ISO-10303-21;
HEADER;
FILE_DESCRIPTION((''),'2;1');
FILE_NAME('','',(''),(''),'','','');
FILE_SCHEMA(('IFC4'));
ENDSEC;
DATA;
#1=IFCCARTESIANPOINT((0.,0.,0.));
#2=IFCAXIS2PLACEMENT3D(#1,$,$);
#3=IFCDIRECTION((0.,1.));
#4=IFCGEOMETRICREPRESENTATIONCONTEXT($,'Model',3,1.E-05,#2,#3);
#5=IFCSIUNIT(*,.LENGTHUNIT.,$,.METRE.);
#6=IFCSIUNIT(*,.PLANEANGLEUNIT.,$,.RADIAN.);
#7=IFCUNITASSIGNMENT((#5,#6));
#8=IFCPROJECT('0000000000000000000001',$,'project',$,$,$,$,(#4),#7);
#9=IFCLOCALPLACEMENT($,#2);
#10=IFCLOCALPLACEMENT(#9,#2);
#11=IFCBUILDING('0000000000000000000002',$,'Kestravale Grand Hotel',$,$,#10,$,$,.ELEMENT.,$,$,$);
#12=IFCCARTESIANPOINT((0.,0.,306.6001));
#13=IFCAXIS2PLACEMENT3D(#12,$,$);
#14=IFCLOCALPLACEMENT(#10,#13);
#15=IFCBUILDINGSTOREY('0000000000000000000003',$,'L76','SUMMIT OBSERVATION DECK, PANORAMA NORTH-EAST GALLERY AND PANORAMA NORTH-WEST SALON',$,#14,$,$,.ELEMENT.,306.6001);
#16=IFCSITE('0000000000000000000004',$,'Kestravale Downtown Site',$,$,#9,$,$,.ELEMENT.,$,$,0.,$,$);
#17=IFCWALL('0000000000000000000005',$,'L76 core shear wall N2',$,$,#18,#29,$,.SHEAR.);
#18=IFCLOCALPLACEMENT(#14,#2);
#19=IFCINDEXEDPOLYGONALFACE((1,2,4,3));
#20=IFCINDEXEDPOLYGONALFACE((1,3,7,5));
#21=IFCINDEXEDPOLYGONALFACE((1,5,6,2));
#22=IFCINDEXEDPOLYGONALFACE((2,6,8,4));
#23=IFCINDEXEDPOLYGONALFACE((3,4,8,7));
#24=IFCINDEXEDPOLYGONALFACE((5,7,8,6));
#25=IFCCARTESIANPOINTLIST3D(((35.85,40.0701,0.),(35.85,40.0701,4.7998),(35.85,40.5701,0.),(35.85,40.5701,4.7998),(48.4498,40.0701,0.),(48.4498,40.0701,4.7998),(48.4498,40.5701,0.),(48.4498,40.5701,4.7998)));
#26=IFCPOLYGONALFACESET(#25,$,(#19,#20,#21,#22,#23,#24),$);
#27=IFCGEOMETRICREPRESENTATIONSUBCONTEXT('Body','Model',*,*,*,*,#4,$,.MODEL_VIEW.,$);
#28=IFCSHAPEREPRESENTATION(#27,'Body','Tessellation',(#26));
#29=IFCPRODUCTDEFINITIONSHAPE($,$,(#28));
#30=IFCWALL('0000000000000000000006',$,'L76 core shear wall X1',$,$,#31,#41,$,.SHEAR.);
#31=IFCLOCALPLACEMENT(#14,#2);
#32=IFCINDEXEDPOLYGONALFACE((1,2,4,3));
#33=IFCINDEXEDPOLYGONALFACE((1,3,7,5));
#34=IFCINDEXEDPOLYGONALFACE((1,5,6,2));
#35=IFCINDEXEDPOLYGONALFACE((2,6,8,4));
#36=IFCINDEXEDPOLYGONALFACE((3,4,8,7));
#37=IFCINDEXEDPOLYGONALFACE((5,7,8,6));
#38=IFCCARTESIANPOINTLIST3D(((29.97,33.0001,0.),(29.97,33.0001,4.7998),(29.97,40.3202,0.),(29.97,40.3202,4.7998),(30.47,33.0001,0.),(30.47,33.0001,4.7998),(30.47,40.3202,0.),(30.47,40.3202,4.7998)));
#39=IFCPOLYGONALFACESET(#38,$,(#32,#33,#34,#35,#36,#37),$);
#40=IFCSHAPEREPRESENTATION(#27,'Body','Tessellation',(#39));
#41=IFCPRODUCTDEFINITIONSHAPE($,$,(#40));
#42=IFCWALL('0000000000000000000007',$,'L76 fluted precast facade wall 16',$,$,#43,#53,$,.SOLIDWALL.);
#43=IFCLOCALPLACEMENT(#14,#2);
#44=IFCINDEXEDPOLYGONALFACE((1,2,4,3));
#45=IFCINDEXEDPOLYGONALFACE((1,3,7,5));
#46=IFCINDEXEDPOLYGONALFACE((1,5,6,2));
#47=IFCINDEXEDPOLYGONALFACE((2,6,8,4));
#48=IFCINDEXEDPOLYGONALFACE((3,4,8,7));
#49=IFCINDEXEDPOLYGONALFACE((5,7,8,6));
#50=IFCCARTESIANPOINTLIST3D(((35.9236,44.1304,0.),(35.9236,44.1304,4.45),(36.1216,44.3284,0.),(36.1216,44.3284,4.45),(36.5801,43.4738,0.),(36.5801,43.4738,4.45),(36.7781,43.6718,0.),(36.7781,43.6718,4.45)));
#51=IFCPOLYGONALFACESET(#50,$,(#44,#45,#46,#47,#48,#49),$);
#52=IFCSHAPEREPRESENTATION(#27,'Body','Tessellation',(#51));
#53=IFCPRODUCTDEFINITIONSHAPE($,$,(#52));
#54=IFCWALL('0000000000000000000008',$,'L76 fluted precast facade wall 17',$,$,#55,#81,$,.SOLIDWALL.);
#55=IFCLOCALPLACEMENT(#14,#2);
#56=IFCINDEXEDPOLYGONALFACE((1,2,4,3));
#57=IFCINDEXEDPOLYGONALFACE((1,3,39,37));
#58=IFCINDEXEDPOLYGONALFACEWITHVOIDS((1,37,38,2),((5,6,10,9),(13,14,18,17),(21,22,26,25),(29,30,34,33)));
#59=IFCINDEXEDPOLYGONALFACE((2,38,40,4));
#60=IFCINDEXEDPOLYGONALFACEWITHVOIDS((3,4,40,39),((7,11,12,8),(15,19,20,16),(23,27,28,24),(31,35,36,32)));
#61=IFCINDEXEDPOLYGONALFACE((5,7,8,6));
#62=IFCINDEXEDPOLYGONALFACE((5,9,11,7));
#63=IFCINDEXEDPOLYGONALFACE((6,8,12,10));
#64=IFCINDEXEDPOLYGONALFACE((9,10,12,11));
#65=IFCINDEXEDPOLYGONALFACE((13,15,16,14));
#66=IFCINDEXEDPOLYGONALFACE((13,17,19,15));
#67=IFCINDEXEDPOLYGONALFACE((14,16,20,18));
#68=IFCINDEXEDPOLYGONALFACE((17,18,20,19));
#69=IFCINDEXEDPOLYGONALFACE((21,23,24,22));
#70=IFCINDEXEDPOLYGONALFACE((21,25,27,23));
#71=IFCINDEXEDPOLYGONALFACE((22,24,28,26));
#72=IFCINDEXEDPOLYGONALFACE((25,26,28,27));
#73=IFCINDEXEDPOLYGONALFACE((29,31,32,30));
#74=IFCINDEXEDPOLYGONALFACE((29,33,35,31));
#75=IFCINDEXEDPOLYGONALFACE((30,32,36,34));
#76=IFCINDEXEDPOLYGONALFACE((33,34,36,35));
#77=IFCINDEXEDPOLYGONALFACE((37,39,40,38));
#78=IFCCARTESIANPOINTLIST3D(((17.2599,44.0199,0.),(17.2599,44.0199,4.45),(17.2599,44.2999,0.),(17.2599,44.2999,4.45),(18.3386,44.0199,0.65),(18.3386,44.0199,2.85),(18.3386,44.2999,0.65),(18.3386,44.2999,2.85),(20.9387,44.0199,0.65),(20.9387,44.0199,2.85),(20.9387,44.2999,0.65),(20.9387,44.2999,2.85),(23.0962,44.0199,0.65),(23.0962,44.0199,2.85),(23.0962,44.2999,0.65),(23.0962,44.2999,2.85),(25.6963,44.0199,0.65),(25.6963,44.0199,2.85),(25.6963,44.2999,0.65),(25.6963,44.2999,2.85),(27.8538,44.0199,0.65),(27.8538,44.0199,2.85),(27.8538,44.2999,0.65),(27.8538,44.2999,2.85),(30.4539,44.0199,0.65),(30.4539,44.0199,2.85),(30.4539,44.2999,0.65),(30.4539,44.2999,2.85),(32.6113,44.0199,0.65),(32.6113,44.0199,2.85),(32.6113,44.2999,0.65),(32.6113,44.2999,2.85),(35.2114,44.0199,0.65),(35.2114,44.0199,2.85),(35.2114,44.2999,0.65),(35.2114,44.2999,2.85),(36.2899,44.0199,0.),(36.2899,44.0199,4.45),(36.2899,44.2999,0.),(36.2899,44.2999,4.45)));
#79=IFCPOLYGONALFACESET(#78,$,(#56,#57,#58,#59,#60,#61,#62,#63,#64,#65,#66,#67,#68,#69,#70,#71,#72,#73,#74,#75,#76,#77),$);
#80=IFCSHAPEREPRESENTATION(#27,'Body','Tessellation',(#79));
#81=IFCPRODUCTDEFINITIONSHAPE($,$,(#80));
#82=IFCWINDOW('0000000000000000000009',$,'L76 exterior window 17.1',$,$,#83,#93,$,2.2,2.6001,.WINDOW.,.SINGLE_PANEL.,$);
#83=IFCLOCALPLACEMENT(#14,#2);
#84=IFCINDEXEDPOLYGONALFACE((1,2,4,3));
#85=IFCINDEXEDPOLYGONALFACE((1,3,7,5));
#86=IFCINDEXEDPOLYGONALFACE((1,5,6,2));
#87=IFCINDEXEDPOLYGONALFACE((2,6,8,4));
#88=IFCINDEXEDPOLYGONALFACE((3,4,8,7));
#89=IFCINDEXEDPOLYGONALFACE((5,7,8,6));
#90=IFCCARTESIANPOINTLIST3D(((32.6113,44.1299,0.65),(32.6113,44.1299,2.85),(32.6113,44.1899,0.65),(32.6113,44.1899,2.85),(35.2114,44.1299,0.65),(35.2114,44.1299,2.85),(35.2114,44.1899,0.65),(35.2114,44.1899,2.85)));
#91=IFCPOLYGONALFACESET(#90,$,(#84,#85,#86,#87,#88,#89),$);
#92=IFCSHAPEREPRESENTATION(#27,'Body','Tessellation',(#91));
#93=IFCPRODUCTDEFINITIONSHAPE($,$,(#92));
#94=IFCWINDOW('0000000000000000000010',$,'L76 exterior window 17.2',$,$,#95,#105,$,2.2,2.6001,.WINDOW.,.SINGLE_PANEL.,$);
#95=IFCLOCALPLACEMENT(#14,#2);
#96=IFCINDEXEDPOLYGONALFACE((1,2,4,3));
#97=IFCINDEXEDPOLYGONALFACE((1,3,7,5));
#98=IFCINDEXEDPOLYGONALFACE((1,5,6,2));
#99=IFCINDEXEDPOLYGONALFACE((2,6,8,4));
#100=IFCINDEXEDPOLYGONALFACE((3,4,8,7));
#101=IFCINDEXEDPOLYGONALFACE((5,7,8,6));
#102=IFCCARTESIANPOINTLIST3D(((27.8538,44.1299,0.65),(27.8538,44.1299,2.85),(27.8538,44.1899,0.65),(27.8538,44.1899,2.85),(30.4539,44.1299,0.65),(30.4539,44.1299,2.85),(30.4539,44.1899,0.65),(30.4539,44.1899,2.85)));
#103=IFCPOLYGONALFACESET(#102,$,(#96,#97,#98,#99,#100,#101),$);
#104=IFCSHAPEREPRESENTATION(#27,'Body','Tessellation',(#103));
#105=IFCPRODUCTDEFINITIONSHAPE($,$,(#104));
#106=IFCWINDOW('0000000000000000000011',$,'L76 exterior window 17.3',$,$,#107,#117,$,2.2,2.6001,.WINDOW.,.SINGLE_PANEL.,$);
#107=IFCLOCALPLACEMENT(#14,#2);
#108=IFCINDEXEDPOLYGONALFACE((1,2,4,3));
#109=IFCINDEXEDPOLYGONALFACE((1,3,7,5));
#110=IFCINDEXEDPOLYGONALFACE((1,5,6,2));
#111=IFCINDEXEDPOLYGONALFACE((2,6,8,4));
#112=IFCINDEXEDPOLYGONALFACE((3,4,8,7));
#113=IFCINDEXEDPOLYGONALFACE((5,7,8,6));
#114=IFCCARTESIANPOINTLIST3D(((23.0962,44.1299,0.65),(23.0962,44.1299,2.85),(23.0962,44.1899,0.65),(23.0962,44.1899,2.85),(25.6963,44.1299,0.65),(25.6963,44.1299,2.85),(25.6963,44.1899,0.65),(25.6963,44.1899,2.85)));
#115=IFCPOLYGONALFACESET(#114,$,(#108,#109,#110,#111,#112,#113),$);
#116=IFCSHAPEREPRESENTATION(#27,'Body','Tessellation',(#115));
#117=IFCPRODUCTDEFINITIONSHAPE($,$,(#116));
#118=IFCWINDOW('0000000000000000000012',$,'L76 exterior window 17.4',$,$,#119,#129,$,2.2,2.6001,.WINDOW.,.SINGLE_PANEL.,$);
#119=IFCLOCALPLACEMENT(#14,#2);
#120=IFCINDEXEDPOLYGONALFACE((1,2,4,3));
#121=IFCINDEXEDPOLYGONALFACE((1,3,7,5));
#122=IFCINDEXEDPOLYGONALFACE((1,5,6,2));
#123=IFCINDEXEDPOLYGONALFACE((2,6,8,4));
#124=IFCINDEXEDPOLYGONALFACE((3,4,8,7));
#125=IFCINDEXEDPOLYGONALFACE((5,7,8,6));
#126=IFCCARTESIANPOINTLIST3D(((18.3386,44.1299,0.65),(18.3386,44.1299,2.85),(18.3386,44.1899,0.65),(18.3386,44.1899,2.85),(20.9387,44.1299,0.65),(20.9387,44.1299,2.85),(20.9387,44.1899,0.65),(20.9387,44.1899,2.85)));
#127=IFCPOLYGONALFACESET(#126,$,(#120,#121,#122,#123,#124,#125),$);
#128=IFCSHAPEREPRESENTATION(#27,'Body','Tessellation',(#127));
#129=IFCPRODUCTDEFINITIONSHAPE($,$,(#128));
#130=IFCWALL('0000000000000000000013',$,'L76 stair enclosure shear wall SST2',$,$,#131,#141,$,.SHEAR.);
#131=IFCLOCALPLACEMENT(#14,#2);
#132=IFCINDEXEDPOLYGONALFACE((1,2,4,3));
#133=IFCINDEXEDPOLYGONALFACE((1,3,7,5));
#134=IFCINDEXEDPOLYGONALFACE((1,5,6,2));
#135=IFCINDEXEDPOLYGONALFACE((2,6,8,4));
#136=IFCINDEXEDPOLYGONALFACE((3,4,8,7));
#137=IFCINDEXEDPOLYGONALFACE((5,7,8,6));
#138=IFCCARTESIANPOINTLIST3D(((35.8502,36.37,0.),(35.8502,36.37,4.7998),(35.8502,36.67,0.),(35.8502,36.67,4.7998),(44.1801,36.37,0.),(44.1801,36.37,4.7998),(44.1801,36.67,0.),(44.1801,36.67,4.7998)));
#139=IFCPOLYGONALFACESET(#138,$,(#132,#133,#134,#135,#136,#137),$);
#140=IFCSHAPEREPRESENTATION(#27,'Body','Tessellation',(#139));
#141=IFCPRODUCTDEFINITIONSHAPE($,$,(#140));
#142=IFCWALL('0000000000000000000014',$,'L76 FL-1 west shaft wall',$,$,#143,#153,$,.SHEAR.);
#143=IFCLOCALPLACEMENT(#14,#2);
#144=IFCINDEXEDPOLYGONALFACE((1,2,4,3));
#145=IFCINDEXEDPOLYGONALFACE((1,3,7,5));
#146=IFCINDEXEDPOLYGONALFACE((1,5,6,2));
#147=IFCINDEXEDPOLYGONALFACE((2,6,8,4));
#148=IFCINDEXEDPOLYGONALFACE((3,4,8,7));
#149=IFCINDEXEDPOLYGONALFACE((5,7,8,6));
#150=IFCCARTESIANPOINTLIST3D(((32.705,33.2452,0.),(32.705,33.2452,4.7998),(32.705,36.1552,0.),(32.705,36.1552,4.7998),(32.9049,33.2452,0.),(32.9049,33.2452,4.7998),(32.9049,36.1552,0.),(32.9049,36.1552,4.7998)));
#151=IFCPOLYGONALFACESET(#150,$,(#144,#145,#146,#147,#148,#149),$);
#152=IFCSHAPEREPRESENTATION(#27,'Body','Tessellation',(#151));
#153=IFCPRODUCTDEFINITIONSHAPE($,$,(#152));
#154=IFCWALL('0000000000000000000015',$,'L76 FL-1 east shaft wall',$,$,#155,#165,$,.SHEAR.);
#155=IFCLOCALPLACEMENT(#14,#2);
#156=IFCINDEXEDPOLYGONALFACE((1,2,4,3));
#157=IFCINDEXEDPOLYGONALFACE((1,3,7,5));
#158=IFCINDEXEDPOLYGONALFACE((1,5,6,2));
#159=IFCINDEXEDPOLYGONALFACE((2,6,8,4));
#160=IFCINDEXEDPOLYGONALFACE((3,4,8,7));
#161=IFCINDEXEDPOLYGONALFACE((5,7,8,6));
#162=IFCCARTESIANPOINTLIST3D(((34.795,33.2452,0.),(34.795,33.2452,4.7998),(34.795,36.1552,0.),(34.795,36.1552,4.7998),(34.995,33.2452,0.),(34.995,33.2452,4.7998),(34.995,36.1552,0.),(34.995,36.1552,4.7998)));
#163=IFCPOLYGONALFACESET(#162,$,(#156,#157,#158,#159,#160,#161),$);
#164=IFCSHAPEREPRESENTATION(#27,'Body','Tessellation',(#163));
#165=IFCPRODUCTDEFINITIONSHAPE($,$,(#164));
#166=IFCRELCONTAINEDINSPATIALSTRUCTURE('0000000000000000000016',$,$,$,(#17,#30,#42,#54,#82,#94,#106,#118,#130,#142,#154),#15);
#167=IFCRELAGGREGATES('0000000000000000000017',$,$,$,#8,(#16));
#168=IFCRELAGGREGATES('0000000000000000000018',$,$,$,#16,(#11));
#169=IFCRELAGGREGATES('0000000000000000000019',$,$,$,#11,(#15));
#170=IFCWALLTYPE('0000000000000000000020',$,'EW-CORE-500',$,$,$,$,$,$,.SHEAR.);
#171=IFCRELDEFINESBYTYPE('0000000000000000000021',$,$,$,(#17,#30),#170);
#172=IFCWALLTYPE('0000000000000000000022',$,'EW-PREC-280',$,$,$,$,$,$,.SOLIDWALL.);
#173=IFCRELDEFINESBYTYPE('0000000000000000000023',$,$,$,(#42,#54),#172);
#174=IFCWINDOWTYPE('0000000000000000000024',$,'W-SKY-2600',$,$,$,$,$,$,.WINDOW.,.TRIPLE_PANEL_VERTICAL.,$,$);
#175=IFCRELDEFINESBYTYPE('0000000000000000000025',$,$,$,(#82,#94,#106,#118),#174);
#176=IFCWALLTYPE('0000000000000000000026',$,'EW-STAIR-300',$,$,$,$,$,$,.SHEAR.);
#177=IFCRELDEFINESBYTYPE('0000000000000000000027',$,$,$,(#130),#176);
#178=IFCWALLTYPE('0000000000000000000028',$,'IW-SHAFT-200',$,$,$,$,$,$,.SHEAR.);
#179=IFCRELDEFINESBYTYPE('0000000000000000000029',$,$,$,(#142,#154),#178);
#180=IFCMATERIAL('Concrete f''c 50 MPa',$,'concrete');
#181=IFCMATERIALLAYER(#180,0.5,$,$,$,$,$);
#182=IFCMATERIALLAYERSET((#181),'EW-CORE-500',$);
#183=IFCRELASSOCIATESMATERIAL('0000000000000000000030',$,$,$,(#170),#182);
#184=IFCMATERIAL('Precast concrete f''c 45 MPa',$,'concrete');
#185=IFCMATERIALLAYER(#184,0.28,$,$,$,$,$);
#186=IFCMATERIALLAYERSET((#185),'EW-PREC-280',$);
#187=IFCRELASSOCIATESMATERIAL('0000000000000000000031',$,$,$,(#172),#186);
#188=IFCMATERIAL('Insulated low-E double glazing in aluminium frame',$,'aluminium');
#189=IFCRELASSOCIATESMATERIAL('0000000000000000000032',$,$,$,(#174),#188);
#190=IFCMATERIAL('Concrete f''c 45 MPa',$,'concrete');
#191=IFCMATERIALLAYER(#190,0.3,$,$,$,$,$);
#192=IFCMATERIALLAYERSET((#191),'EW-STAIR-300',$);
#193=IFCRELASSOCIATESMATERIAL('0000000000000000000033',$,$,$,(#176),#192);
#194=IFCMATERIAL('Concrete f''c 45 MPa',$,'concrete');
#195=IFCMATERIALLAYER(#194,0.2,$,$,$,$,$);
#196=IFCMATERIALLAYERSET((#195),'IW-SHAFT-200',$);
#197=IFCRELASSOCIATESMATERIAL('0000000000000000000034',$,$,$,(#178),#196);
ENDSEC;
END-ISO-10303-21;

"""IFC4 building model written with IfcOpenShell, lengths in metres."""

from ifc_helpers import new_model, si_unit, direction, frame, frame_2d, origin, place, context, subcontext, project, spatial, rectangle, extrude, material, layer, layer_set, type_object, element, fill, save


model = new_model("IFC4")

# Units and contexts
model_context = context("Model", 3, precision=1e-05, world=origin(), true_north=direction((0.0, 1.0)))
body_context = subcontext(model_context, "Body", "Model", "MODEL_VIEW")
ifc_project = project(units=[si_unit("LENGTHUNIT", "METRE"), si_unit("PLANEANGLEUNIT", "RADIAN")], contexts=[model_context])

# Site, building, storey
site_placement = place(None, origin())
site = spatial("IfcSite", under=ifc_project, at=site_placement, Name="Kestravale Downtown Site", CompositionType="ELEMENT", RefElevation=0.0)
building_placement = place(site_placement, origin())
building = spatial("IfcBuilding", under=site, at=building_placement, Name="Kestravale Grand Hotel", CompositionType="ELEMENT")
storey_placement = place(building_placement, frame((0.0, 0.0, 306.6001)))
storey = spatial("IfcBuildingStorey", under=building, at=storey_placement, Name="L76", Description="SUMMIT OBSERVATION DECK, PANORAMA NORTH-EAST GALLERY AND PANORAMA NORTH-WEST SALON", CompositionType="ELEMENT", Elevation=306.6001)

# Walls
ifc_material_1 = material(Name="Concrete f'c 50 MPa", Category="concrete")
ifc_layer_1 = layer(ifc_material_1, 0.5)
ifc_layer_set_1 = layer_set([ifc_layer_1], Name="EW-CORE-500")
wall_type_1 = type_object("IfcWallType", Name="EW-CORE-500", PredefinedType="SHEAR", material=ifc_layer_set_1)
wall_1_placement = place(storey_placement, frame((35.8501, 40.3201, 0.0), z_axis=(0.0, 0.0, 1.0), x_axis=(1.0, 0.0, 0.0)))
element("IfcWall", 1, at=wall_1_placement, inside=storey, type_object=wall_type_1, Name="L76 core shear wall N2", PredefinedType="SHEAR", context=body_context, shape_type="SweptSolid", body=[
    extrude(rectangle(XDim=12.5999, YDim=0.5, at=frame_2d((6.2998, 0.0))), origin(), (0.0, 0.0, 1.0), 4.7998),
])
wall_2_placement = place(storey_placement, frame((30.22, 33.0, 0.0), z_axis=(0.0, 0.0, 1.0), x_axis=(0.0, 1.0, 0.0)))
element("IfcWall", 2, at=wall_2_placement, inside=storey, type_object=wall_type_1, Name="L76 core shear wall X1", PredefinedType="SHEAR", context=body_context, shape_type="SweptSolid", body=[
    extrude(rectangle(XDim=7.3201, YDim=0.5, at=frame_2d((3.6602, 0.0))), origin(), (0.0, 0.0, 1.0), 4.7998),
])

# Wall
ifc_material_2 = material(Name="Precast concrete f'c 45 MPa", Category="concrete")
ifc_layer_2 = layer(ifc_material_2, 0.28)
ifc_layer_set_2 = layer_set([ifc_layer_2], Name="EW-PREC-280")
wall_type_2 = type_object("IfcWallType", Name="EW-PREC-280", PredefinedType="SOLIDWALL", material=ifc_layer_set_2)
wall_3_placement = place(storey_placement, frame((36.6792, 43.5728, 0.0), z_axis=(0.0, 0.0, 1.0), x_axis=(-0.707107, 0.707107, 0.0)))
element("IfcWall", 3, at=wall_3_placement, inside=storey, type_object=wall_type_2, Name="L76 fluted precast facade wall 16", PredefinedType="SOLIDWALL", context=body_context, shape_type="SweptSolid", body=[
    extrude(rectangle(XDim=0.9285, YDim=0.28, at=frame_2d((0.4644, 0.0))), origin(), (0.0, 0.0, 1.0), 4.45),
])

# Wall, openings, windows
wall_4_placement = place(storey_placement, frame((36.29, 44.1599, 0.0), z_axis=(0.0, 0.0, 1.0), x_axis=(-1.0, 0.0, 0.0)))
wall_4 = element("IfcWall", 4, at=wall_4_placement, inside=storey, type_object=wall_type_2, Name="L76 fluted precast facade wall 17", PredefinedType="SOLIDWALL", context=body_context, shape_type="SweptSolid", body=[
    extrude(rectangle(XDim=19.03, YDim=0.28, at=frame_2d((9.5151, 0.0))), origin(), (0.0, 0.0, 1.0), 4.45),
])
opening_1_placement = place(wall_4_placement, frame((1.0786, 0.0, 0.6499)))
opening_1 = element("IfcOpeningElement", 5, at=opening_1_placement, cuts=wall_4, PredefinedType="OPENING", context=body_context, shape_type="SweptSolid", body=[
    extrude(rectangle(XDim=2.6001, YDim=2.2, at=frame_2d((1.3, 1.1001))), frame((0.0, 0.1499, 0.0), z_axis=(0.0, -1.0, 0.0), x_axis=(1.0, 0.0, 0.0)), (0.0, 0.0, 1.0), 0.3),
])
opening_2_placement = place(wall_4_placement, frame((5.8362, 0.0, 0.6499)))
opening_2 = element("IfcOpeningElement", 6, at=opening_2_placement, cuts=wall_4, PredefinedType="OPENING", context=body_context, shape_type="SweptSolid", body=[
    extrude(rectangle(XDim=2.6001, YDim=2.2, at=frame_2d((1.3, 1.1001))), frame((0.0, 0.1499, 0.0), z_axis=(0.0, -1.0, 0.0), x_axis=(1.0, 0.0, 0.0)), (0.0, 0.0, 1.0), 0.3),
])
opening_3_placement = place(wall_4_placement, frame((10.5938, 0.0, 0.6499)))
opening_3 = element("IfcOpeningElement", 7, at=opening_3_placement, cuts=wall_4, PredefinedType="OPENING", context=body_context, shape_type="SweptSolid", body=[
    extrude(rectangle(XDim=2.6001, YDim=2.2, at=frame_2d((1.3, 1.1001))), frame((0.0, 0.1499, 0.0), z_axis=(0.0, -1.0, 0.0), x_axis=(1.0, 0.0, 0.0)), (0.0, 0.0, 1.0), 0.3),
])
opening_4_placement = place(wall_4_placement, frame((15.3513, 0.0, 0.6499)))
opening_4 = element("IfcOpeningElement", 8, at=opening_4_placement, cuts=wall_4, PredefinedType="OPENING", context=body_context, shape_type="SweptSolid", body=[
    extrude(rectangle(XDim=2.6001, YDim=2.2, at=frame_2d((1.3, 1.1001))), frame((0.0, 0.1499, 0.0), z_axis=(0.0, -1.0, 0.0), x_axis=(1.0, 0.0, 0.0)), (0.0, 0.0, 1.0), 0.3),
])
ifc_material_3 = material(Name="Insulated low-E double glazing in aluminium frame", Category="aluminium")
window_type = type_object("IfcWindowType", Name="W-SKY-2600", PartitioningType="TRIPLE_PANEL_VERTICAL", PredefinedType="WINDOW", material=ifc_material_3)
window_1_placement = place(opening_1_placement, origin())
window_1 = element("IfcWindow", 9, at=window_1_placement, inside=storey, type_object=window_type, Name="L76 exterior window 17.1", OverallHeight=2.2, OverallWidth=2.6001, PartitioningType="SINGLE_PANEL", PredefinedType="WINDOW", context=body_context, shape_type="SweptSolid", body=[
    extrude(rectangle(XDim=2.6001, YDim=2.2, at=frame_2d((1.3, 1.1001))), frame((0.0, 0.03, 0.0), z_axis=(0.0, -1.0, 0.0), x_axis=(1.0, 0.0, 0.0)), (0.0, 0.0, 1.0), 0.0601),
])
fill(opening_1, window_1)
window_2_placement = place(opening_2_placement, origin())
window_2 = element("IfcWindow", 10, at=window_2_placement, inside=storey, type_object=window_type, Name="L76 exterior window 17.2", OverallHeight=2.2, OverallWidth=2.6001, PartitioningType="SINGLE_PANEL", PredefinedType="WINDOW", context=body_context, shape_type="SweptSolid", body=[
    extrude(rectangle(XDim=2.6001, YDim=2.2, at=frame_2d((1.3, 1.1001))), frame((0.0, 0.03, 0.0), z_axis=(0.0, -1.0, 0.0), x_axis=(1.0, 0.0, 0.0)), (0.0, 0.0, 1.0), 0.0601),
])
fill(opening_2, window_2)
window_3_placement = place(opening_3_placement, origin())
window_3 = element("IfcWindow", 11, at=window_3_placement, inside=storey, type_object=window_type, Name="L76 exterior window 17.3", OverallHeight=2.2, OverallWidth=2.6001, PartitioningType="SINGLE_PANEL", PredefinedType="WINDOW", context=body_context, shape_type="SweptSolid", body=[
    extrude(rectangle(XDim=2.6001, YDim=2.2, at=frame_2d((1.3, 1.1001))), frame((0.0, 0.03, 0.0), z_axis=(0.0, -1.0, 0.0), x_axis=(1.0, 0.0, 0.0)), (0.0, 0.0, 1.0), 0.0601),
])
fill(opening_3, window_3)
window_4_placement = place(opening_4_placement, origin())
window_4 = element("IfcWindow", 12, at=window_4_placement, inside=storey, type_object=window_type, Name="L76 exterior window 17.4", OverallHeight=2.2, OverallWidth=2.6001, PartitioningType="SINGLE_PANEL", PredefinedType="WINDOW", context=body_context, shape_type="SweptSolid", body=[
    extrude(rectangle(XDim=2.6001, YDim=2.2, at=frame_2d((1.3, 1.1001))), frame((0.0, 0.03, 0.0), z_axis=(0.0, -1.0, 0.0), x_axis=(1.0, 0.0, 0.0)), (0.0, 0.0, 1.0), 0.0601),
])
fill(opening_4, window_4)

# Wall
ifc_material_4 = material(Name="Concrete f'c 45 MPa", Category="concrete")
ifc_layer_3 = layer(ifc_material_4, 0.3)
ifc_layer_set_3 = layer_set([ifc_layer_3], Name="EW-STAIR-300")
wall_type_3 = type_object("IfcWallType", Name="EW-STAIR-300", PredefinedType="SHEAR", material=ifc_layer_set_3)
wall_5_placement = place(storey_placement, frame((35.8501, 36.52, 0.0), z_axis=(0.0, 0.0, 1.0), x_axis=(1.0, 0.0, 0.0)))
element("IfcWall", 13, at=wall_5_placement, inside=storey, type_object=wall_type_3, Name="L76 stair enclosure shear wall SST2", PredefinedType="SHEAR", context=body_context, shape_type="SweptSolid", body=[
    extrude(rectangle(XDim=8.3298, YDim=0.3, at=frame_2d((4.165, 0.0))), origin(), (0.0, 0.0, 1.0), 4.7998),
])

# Walls
ifc_material_5 = material(Name="Concrete f'c 45 MPa", Category="concrete")
ifc_layer_4 = layer(ifc_material_5, 0.2)
ifc_layer_set_4 = layer_set([ifc_layer_4], Name="IW-SHAFT-200")
wall_type_4 = type_object("IfcWallType", Name="IW-SHAFT-200", PredefinedType="SHEAR", material=ifc_layer_set_4)
for number, where, z_axis, x_axis, name in (
    (14, (32.8049, 33.2451, 0.0), (0.0, 0.0, 1.0), (0.0, 1.0, 0.0), "L76 FL-1 west shaft wall"),
    (15, (34.895, 33.2451, 0.0), (0.0, 0.0, 1.0), (0.0, 1.0, 0.0), "L76 FL-1 east shaft wall"),
):
    element("IfcWall", number, at=place(storey_placement, frame(where, z_axis=z_axis, x_axis=x_axis)), inside=storey, type_object=wall_type_4, Name=name, PredefinedType="SHEAR", context=body_context, shape_type="SweptSolid", body=[
        extrude(rectangle(XDim=2.9099, YDim=0.2, at=frame_2d((1.4551, 0.0))), origin(), (0.0, 0.0, 1.0), 4.7998),
    ])

save(model, "model.ifc")
